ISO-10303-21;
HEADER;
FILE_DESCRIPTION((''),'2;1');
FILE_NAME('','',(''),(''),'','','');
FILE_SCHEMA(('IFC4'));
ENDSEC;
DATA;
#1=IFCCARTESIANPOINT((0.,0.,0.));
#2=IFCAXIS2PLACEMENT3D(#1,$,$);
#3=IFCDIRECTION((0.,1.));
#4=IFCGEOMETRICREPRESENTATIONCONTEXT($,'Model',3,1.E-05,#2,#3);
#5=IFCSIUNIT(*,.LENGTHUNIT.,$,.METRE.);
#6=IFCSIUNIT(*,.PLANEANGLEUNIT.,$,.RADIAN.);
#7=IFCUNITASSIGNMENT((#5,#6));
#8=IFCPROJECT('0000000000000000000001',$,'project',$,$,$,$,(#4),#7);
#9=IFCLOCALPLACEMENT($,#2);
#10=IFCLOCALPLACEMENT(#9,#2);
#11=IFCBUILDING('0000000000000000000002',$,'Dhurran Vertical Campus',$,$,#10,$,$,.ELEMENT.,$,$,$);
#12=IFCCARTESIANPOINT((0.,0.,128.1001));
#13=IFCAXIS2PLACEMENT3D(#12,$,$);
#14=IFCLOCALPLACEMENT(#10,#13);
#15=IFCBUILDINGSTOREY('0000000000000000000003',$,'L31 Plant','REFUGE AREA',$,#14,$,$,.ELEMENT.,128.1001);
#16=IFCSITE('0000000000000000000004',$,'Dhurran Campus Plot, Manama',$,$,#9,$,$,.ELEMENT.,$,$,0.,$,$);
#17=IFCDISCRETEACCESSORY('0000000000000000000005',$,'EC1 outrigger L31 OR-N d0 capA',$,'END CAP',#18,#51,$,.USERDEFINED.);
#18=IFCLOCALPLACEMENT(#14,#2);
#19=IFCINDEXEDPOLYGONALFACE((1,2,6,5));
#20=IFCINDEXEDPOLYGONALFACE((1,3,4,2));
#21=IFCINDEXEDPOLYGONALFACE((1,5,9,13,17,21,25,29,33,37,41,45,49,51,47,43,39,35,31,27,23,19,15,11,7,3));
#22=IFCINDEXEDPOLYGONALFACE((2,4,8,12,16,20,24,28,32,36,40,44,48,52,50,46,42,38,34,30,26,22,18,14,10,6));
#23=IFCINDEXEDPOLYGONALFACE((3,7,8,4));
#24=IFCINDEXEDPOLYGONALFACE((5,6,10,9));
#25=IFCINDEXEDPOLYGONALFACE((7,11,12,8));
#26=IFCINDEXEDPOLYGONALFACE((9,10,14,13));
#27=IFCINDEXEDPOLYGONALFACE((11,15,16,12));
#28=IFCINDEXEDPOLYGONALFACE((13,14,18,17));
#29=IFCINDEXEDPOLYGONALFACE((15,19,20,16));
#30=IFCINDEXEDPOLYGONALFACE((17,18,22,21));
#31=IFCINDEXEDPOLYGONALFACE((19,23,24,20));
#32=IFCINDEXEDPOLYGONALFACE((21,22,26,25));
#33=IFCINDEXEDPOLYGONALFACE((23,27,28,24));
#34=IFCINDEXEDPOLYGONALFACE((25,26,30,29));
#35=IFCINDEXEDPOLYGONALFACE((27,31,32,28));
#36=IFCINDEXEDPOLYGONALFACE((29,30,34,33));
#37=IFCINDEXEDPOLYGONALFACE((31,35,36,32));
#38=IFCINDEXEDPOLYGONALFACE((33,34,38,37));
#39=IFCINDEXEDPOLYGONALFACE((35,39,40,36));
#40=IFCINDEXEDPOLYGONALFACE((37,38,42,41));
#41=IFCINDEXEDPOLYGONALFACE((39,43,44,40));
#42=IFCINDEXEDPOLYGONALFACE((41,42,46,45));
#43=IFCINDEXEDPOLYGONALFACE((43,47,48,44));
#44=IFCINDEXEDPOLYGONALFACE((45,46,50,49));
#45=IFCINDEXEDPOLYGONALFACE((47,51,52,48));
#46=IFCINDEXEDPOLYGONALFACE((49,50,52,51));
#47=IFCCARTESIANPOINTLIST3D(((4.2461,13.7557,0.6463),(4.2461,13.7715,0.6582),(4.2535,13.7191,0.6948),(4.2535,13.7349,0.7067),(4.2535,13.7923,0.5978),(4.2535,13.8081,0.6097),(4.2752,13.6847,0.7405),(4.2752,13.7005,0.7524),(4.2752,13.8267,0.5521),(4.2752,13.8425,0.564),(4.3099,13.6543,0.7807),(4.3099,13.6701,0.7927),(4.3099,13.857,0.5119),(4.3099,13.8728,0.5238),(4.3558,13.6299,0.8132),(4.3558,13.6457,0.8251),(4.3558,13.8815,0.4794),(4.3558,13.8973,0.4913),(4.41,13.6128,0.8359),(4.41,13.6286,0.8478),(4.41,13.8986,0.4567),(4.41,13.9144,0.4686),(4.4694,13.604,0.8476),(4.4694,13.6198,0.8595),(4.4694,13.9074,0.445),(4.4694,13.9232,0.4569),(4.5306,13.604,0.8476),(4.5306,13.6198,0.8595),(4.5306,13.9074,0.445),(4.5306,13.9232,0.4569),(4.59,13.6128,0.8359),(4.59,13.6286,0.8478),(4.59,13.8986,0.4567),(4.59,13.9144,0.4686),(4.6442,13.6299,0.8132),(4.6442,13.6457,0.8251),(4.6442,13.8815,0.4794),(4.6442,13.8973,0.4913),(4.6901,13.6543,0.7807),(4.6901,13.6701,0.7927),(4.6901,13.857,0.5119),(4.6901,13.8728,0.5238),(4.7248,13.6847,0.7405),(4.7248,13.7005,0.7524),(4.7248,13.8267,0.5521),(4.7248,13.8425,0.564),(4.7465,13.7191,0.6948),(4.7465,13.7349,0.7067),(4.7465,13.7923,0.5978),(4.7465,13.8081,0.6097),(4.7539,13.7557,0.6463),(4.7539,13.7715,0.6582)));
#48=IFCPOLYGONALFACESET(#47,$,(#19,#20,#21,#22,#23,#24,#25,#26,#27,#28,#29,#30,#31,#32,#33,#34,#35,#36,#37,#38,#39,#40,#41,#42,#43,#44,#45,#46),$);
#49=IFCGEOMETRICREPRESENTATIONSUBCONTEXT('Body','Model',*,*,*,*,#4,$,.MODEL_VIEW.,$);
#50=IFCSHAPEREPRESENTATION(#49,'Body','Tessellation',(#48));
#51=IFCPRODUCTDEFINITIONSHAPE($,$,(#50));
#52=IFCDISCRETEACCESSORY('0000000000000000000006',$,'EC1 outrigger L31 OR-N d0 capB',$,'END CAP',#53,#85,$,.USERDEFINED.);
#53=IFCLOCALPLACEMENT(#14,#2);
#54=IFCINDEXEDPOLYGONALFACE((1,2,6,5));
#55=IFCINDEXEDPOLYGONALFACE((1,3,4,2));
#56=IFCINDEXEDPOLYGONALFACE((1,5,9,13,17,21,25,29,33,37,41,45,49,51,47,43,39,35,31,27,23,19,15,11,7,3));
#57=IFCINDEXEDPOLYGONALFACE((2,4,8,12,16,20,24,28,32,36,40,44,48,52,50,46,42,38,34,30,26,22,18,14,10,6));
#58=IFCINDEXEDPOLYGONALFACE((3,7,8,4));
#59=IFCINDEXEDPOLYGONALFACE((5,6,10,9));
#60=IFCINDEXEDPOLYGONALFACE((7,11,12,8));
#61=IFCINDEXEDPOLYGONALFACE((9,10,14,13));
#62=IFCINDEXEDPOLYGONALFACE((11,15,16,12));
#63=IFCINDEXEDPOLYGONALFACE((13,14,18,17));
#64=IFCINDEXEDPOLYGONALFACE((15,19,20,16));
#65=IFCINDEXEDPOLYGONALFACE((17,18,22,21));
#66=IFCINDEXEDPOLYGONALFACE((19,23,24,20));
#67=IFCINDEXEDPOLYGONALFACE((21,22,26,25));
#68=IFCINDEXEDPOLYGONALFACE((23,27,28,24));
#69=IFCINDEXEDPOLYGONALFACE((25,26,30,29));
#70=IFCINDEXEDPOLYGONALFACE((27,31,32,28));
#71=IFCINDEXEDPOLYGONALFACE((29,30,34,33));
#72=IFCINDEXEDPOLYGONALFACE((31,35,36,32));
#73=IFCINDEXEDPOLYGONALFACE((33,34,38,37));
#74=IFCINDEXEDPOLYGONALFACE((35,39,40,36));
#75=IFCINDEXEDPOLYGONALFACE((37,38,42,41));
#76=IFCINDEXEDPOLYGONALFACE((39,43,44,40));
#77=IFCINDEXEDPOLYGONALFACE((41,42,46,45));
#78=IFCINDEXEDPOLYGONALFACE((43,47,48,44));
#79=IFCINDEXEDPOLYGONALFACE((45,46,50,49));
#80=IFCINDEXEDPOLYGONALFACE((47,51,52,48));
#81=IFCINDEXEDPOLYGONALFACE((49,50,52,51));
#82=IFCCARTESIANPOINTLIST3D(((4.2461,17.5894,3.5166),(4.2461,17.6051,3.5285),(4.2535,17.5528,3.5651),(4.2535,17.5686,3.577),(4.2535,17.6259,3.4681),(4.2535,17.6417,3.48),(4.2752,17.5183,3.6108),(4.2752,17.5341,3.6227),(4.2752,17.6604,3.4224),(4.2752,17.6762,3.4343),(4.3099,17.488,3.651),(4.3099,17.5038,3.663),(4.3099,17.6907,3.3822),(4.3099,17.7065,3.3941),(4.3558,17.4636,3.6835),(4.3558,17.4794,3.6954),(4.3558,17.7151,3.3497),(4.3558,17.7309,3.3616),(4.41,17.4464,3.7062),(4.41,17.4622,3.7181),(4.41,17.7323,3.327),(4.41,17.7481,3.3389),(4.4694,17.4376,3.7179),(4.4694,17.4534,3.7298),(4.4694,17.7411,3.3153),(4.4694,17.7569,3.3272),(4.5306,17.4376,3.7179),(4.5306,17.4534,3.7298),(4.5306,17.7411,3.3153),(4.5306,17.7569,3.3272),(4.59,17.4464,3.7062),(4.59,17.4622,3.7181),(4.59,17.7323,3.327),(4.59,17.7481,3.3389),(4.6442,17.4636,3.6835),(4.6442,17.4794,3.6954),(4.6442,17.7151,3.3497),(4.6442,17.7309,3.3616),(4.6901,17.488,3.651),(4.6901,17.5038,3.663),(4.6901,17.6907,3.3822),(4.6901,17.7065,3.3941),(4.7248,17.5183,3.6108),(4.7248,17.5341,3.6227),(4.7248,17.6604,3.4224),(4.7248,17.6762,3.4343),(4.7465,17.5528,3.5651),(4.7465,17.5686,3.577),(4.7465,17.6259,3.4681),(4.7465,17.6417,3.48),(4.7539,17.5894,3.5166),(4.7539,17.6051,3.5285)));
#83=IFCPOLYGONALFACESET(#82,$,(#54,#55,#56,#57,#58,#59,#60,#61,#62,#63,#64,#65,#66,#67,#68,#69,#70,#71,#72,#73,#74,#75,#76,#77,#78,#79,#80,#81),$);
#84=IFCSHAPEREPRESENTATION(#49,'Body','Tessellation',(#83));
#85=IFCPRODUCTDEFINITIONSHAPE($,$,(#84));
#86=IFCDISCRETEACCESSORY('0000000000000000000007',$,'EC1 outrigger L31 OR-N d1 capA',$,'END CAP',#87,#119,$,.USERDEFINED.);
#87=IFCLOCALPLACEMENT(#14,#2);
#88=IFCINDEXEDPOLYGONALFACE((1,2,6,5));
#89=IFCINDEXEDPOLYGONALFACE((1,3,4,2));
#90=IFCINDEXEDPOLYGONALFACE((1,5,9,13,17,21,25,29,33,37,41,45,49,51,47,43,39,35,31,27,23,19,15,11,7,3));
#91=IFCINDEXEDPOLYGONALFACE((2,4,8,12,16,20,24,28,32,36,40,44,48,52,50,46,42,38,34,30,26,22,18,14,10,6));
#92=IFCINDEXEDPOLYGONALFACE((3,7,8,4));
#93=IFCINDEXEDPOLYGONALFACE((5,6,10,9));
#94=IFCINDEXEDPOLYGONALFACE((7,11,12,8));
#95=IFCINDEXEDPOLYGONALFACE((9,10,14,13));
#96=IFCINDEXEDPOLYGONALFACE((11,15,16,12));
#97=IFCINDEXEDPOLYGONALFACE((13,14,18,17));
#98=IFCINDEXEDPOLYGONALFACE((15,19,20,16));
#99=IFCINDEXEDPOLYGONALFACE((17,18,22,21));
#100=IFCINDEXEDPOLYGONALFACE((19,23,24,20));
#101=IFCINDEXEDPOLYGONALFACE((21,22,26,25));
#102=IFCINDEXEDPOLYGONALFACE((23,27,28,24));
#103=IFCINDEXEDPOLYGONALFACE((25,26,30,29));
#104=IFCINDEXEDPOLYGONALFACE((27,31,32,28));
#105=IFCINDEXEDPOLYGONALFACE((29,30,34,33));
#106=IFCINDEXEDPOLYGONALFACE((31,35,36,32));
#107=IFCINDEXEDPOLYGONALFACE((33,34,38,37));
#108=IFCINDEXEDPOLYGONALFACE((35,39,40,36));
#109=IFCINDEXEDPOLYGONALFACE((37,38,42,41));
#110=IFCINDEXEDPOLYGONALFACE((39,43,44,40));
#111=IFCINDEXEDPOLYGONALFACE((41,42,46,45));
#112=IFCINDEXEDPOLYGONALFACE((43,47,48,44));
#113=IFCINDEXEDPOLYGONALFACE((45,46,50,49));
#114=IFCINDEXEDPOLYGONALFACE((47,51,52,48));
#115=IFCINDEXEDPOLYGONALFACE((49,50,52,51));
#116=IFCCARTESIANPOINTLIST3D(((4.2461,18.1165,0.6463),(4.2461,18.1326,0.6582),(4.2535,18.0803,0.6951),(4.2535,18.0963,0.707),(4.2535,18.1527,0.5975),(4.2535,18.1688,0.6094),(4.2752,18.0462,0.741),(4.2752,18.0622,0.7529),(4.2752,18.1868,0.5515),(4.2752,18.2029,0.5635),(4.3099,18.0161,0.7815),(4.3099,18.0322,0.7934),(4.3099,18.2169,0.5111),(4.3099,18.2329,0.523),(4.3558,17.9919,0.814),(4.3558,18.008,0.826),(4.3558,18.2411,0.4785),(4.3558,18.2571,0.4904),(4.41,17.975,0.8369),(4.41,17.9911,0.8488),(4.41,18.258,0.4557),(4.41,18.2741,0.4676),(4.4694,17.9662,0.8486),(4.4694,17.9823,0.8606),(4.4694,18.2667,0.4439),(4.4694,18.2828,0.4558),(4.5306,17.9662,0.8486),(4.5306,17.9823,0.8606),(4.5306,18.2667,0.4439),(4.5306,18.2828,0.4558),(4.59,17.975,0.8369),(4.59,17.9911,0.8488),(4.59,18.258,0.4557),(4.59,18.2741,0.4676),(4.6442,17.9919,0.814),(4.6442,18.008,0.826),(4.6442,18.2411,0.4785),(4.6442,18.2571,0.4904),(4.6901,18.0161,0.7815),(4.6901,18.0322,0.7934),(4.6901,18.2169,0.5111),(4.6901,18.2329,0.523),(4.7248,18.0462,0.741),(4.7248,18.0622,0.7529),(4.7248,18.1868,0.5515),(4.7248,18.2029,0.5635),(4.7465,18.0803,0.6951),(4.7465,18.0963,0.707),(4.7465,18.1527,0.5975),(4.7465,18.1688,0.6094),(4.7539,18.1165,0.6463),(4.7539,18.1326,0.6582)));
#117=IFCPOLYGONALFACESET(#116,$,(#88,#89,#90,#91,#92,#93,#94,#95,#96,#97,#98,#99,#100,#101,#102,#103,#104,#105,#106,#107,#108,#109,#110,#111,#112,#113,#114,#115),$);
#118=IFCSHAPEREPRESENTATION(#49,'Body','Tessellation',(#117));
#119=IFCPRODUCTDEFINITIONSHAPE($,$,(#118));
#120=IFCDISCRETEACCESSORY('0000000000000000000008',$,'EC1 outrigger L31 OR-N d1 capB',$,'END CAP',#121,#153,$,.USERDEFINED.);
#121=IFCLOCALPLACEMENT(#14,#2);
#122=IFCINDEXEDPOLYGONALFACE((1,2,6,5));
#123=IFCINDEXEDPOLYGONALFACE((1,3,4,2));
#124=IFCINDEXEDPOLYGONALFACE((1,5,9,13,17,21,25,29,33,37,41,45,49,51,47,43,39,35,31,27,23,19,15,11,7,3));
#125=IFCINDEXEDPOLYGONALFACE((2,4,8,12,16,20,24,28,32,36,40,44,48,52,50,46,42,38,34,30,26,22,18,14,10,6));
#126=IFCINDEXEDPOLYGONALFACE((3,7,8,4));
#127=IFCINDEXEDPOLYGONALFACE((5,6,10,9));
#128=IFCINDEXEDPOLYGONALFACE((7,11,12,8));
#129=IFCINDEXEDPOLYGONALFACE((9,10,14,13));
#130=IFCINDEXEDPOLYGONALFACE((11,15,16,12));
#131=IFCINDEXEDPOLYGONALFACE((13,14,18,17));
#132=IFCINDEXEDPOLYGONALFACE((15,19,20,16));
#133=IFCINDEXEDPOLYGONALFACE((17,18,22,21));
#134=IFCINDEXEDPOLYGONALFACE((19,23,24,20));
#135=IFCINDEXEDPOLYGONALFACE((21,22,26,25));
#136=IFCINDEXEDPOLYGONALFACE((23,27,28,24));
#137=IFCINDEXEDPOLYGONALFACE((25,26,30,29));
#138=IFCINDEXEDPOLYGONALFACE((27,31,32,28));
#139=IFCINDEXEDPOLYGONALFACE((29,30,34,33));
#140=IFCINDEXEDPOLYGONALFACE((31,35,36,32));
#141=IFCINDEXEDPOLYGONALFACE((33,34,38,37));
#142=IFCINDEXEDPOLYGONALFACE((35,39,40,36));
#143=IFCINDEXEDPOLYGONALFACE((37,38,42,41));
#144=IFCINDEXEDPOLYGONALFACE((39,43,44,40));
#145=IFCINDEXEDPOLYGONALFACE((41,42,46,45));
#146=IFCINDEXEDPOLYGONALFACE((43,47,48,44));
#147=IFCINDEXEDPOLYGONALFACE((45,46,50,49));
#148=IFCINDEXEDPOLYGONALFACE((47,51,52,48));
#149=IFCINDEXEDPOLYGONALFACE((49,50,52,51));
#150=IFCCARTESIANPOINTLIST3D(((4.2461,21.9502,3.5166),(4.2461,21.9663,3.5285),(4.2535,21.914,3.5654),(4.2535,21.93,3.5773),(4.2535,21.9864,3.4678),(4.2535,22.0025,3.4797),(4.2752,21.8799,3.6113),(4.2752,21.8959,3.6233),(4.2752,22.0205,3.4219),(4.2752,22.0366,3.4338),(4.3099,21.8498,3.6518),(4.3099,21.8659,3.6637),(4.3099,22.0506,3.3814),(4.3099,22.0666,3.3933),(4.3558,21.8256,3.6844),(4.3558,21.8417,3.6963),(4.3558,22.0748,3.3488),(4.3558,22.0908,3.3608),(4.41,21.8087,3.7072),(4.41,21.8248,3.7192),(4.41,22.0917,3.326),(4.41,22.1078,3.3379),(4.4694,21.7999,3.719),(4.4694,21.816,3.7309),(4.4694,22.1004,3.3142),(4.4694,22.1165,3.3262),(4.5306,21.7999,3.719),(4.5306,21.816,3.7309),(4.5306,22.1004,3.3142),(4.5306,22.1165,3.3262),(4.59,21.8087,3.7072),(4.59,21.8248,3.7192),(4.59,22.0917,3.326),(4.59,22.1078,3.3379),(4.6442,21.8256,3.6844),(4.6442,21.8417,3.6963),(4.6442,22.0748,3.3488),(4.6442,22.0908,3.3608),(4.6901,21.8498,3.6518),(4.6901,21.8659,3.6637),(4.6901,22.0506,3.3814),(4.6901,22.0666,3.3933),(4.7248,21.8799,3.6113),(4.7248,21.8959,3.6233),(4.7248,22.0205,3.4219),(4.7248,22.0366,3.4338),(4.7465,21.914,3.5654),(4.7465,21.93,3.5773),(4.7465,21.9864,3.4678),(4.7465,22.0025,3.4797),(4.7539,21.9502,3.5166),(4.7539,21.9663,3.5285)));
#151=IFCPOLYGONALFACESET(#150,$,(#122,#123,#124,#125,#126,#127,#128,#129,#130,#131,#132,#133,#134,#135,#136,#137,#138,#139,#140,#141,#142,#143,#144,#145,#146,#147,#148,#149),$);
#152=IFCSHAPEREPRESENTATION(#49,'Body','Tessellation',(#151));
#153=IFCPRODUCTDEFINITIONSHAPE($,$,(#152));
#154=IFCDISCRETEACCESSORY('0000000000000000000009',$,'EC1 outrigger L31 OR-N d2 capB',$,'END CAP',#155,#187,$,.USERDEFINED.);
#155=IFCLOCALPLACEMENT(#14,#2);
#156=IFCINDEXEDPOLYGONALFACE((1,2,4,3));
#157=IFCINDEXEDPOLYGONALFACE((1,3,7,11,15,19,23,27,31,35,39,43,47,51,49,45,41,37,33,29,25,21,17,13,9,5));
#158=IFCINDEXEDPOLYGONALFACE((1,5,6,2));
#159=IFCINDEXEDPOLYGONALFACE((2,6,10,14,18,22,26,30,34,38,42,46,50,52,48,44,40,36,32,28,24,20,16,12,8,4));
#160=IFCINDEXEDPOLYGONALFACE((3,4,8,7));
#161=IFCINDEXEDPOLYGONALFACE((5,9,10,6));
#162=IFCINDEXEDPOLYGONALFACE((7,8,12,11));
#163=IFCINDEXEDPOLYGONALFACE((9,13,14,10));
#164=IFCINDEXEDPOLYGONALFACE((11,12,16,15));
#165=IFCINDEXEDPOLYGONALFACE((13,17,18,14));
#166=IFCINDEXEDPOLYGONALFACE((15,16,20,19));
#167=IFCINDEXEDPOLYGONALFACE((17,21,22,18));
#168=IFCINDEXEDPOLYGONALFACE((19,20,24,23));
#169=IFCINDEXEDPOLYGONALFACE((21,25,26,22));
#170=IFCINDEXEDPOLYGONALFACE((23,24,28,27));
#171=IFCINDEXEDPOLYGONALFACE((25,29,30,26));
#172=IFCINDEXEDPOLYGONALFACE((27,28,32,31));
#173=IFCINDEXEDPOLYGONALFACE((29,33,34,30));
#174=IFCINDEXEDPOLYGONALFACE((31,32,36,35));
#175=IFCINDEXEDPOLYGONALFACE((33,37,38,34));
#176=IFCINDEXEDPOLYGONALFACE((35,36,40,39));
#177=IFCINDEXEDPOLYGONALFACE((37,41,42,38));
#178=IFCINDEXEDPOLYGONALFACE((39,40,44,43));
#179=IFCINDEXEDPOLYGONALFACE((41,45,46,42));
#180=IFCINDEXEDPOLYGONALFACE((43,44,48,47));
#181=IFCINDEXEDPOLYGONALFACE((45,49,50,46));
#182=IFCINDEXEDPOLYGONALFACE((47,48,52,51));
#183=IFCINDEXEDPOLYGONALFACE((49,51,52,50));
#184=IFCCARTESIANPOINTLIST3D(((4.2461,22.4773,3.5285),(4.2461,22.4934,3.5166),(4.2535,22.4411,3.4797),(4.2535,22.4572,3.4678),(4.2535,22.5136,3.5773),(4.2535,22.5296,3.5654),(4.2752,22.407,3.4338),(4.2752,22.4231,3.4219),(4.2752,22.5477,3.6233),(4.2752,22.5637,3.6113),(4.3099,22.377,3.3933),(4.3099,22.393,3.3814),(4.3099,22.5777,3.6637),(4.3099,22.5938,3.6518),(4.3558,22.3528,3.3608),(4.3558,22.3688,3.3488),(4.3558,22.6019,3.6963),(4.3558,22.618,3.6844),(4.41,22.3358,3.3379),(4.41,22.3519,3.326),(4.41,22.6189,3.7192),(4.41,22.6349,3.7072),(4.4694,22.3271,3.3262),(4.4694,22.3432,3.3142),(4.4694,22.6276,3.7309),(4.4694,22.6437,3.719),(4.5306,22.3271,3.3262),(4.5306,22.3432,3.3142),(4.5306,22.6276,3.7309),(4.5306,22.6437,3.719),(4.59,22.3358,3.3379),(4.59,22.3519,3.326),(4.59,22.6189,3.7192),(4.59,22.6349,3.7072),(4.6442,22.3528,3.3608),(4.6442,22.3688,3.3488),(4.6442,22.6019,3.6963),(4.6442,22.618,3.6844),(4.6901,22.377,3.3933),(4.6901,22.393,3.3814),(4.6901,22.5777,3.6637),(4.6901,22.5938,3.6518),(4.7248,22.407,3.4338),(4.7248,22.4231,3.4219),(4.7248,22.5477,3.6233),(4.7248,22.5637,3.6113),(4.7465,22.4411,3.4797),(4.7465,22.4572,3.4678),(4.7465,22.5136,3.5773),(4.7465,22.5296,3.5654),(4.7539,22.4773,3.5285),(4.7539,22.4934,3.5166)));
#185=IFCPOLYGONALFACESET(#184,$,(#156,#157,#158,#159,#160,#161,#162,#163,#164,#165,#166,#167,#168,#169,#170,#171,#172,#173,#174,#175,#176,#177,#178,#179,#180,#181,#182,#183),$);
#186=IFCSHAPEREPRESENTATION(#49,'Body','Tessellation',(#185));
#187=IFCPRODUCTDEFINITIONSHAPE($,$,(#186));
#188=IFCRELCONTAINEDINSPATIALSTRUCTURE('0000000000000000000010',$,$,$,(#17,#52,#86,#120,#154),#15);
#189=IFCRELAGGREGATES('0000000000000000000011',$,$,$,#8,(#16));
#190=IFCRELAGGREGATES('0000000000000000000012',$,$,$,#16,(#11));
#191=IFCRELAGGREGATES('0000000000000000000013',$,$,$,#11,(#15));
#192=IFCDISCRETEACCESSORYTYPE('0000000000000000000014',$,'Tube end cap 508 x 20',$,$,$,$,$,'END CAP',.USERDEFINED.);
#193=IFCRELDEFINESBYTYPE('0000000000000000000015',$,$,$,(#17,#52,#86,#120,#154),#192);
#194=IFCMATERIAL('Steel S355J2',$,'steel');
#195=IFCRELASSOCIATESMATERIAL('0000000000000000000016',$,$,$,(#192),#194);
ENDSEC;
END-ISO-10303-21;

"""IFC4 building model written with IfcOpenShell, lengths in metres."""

from ifc_helpers import new_model, si_unit, direction, frame, origin, origin_2d, place, context, subcontext, project, spatial, circle, extrude, material, material_profile, profile_set, type_object, element, save


model = new_model("IFC4")

# Units and contexts
model_context = context("Model", 3, precision=1e-05, world=origin(), true_north=direction((0.0, 1.0)))
body_context = subcontext(model_context, "Body", "Model", "MODEL_VIEW")
ifc_project = project(units=[si_unit("LENGTHUNIT", "METRE"), si_unit("PLANEANGLEUNIT", "RADIAN")], contexts=[model_context])

# Site, building, storey
site_placement = place(None, origin())
site = spatial("IfcSite", under=ifc_project, at=site_placement, Name="Dhurran Campus Plot, Manama", CompositionType="ELEMENT", RefElevation=0.0)
building_placement = place(site_placement, origin())
building = spatial("IfcBuilding", under=site, at=building_placement, Name="Dhurran Vertical Campus", CompositionType="ELEMENT")
storey_placement = place(building_placement, frame((0.0, 0.0, 128.1001)))
storey = spatial("IfcBuildingStorey", under=building, at=storey_placement, Name="L31 Plant", Description="REFUGE AREA", CompositionType="ELEMENT", Elevation=128.1001)

# Discrete accessories
ifc_material_1 = material(Name="Steel S355J2", Category="steel")
ifc_material_profile_1 = material_profile(ifc_material_1, circle(Radius=0.2539, at=origin_2d()), Name="Tube end cap 508 x 20")
ifc_profile_set_1 = profile_set([ifc_material_profile_1], Name="Steel S355J2")
discrete_accessory_type = type_object("IfcDiscreteAccessoryType", Name="Tube end cap 508 x 20", ElementType="END CAP", PredefinedType="USERDEFINED", material=ifc_profile_set_1)
for number, where, z_axis, x_axis, name in (
    (1, (4.5, 13.7715, 0.6582), (0.0, -0.798523, -0.601964), (1.0, 0.0, 0.0), "EC1 outrigger L31 OR-N d0 capA"),
    (2, (4.5, 17.5894, 3.5166), (0.0, 0.798523, 0.601964), (-1.0, 0.0, 0.0), "EC1 outrigger L31 OR-N d0 capB"),
):
    element("IfcDiscreteAccessory", number, at=place(storey_placement, frame(where, z_axis=z_axis, x_axis=x_axis)), inside=storey, type_object=discrete_accessory_type, Name=name, ObjectType="END CAP", PredefinedType="USERDEFINED", context=body_context, shape_type="SweptSolid", body=[
        extrude(circle(Radius=0.2539, at=origin_2d()), origin(), (0.0, 0.0, 1.0), 0.0198),
    ])
for number, where, z_axis, x_axis, name in (
    (3, (4.5, 18.1326, 0.6582), (0.0, -0.80291, -0.5961), (1.0, 0.0, 0.0), "EC1 outrigger L31 OR-N d1 capA"),
    (4, (4.5, 21.9502, 3.5166), (0.0, 0.80291, 0.5961), (-1.0, 0.0, 0.0), "EC1 outrigger L31 OR-N d1 capB"),
    (5, (4.5, 22.4934, 3.5166), (0.0, -0.80291, 0.5961), (1.0, 0.0, 0.0), "EC1 outrigger L31 OR-N d2 capB"),
):
    element("IfcDiscreteAccessory", number, at=place(storey_placement, frame(where, z_axis=z_axis, x_axis=x_axis)), inside=storey, type_object=discrete_accessory_type, Name=name, ObjectType="END CAP", PredefinedType="USERDEFINED", context=body_context, shape_type="SweptSolid", body=[
        extrude(circle(Radius=0.2539, at=origin_2d()), origin(), (0.0, 0.0, 1.0), 0.02),
    ])

save(model, "model.ifc")
